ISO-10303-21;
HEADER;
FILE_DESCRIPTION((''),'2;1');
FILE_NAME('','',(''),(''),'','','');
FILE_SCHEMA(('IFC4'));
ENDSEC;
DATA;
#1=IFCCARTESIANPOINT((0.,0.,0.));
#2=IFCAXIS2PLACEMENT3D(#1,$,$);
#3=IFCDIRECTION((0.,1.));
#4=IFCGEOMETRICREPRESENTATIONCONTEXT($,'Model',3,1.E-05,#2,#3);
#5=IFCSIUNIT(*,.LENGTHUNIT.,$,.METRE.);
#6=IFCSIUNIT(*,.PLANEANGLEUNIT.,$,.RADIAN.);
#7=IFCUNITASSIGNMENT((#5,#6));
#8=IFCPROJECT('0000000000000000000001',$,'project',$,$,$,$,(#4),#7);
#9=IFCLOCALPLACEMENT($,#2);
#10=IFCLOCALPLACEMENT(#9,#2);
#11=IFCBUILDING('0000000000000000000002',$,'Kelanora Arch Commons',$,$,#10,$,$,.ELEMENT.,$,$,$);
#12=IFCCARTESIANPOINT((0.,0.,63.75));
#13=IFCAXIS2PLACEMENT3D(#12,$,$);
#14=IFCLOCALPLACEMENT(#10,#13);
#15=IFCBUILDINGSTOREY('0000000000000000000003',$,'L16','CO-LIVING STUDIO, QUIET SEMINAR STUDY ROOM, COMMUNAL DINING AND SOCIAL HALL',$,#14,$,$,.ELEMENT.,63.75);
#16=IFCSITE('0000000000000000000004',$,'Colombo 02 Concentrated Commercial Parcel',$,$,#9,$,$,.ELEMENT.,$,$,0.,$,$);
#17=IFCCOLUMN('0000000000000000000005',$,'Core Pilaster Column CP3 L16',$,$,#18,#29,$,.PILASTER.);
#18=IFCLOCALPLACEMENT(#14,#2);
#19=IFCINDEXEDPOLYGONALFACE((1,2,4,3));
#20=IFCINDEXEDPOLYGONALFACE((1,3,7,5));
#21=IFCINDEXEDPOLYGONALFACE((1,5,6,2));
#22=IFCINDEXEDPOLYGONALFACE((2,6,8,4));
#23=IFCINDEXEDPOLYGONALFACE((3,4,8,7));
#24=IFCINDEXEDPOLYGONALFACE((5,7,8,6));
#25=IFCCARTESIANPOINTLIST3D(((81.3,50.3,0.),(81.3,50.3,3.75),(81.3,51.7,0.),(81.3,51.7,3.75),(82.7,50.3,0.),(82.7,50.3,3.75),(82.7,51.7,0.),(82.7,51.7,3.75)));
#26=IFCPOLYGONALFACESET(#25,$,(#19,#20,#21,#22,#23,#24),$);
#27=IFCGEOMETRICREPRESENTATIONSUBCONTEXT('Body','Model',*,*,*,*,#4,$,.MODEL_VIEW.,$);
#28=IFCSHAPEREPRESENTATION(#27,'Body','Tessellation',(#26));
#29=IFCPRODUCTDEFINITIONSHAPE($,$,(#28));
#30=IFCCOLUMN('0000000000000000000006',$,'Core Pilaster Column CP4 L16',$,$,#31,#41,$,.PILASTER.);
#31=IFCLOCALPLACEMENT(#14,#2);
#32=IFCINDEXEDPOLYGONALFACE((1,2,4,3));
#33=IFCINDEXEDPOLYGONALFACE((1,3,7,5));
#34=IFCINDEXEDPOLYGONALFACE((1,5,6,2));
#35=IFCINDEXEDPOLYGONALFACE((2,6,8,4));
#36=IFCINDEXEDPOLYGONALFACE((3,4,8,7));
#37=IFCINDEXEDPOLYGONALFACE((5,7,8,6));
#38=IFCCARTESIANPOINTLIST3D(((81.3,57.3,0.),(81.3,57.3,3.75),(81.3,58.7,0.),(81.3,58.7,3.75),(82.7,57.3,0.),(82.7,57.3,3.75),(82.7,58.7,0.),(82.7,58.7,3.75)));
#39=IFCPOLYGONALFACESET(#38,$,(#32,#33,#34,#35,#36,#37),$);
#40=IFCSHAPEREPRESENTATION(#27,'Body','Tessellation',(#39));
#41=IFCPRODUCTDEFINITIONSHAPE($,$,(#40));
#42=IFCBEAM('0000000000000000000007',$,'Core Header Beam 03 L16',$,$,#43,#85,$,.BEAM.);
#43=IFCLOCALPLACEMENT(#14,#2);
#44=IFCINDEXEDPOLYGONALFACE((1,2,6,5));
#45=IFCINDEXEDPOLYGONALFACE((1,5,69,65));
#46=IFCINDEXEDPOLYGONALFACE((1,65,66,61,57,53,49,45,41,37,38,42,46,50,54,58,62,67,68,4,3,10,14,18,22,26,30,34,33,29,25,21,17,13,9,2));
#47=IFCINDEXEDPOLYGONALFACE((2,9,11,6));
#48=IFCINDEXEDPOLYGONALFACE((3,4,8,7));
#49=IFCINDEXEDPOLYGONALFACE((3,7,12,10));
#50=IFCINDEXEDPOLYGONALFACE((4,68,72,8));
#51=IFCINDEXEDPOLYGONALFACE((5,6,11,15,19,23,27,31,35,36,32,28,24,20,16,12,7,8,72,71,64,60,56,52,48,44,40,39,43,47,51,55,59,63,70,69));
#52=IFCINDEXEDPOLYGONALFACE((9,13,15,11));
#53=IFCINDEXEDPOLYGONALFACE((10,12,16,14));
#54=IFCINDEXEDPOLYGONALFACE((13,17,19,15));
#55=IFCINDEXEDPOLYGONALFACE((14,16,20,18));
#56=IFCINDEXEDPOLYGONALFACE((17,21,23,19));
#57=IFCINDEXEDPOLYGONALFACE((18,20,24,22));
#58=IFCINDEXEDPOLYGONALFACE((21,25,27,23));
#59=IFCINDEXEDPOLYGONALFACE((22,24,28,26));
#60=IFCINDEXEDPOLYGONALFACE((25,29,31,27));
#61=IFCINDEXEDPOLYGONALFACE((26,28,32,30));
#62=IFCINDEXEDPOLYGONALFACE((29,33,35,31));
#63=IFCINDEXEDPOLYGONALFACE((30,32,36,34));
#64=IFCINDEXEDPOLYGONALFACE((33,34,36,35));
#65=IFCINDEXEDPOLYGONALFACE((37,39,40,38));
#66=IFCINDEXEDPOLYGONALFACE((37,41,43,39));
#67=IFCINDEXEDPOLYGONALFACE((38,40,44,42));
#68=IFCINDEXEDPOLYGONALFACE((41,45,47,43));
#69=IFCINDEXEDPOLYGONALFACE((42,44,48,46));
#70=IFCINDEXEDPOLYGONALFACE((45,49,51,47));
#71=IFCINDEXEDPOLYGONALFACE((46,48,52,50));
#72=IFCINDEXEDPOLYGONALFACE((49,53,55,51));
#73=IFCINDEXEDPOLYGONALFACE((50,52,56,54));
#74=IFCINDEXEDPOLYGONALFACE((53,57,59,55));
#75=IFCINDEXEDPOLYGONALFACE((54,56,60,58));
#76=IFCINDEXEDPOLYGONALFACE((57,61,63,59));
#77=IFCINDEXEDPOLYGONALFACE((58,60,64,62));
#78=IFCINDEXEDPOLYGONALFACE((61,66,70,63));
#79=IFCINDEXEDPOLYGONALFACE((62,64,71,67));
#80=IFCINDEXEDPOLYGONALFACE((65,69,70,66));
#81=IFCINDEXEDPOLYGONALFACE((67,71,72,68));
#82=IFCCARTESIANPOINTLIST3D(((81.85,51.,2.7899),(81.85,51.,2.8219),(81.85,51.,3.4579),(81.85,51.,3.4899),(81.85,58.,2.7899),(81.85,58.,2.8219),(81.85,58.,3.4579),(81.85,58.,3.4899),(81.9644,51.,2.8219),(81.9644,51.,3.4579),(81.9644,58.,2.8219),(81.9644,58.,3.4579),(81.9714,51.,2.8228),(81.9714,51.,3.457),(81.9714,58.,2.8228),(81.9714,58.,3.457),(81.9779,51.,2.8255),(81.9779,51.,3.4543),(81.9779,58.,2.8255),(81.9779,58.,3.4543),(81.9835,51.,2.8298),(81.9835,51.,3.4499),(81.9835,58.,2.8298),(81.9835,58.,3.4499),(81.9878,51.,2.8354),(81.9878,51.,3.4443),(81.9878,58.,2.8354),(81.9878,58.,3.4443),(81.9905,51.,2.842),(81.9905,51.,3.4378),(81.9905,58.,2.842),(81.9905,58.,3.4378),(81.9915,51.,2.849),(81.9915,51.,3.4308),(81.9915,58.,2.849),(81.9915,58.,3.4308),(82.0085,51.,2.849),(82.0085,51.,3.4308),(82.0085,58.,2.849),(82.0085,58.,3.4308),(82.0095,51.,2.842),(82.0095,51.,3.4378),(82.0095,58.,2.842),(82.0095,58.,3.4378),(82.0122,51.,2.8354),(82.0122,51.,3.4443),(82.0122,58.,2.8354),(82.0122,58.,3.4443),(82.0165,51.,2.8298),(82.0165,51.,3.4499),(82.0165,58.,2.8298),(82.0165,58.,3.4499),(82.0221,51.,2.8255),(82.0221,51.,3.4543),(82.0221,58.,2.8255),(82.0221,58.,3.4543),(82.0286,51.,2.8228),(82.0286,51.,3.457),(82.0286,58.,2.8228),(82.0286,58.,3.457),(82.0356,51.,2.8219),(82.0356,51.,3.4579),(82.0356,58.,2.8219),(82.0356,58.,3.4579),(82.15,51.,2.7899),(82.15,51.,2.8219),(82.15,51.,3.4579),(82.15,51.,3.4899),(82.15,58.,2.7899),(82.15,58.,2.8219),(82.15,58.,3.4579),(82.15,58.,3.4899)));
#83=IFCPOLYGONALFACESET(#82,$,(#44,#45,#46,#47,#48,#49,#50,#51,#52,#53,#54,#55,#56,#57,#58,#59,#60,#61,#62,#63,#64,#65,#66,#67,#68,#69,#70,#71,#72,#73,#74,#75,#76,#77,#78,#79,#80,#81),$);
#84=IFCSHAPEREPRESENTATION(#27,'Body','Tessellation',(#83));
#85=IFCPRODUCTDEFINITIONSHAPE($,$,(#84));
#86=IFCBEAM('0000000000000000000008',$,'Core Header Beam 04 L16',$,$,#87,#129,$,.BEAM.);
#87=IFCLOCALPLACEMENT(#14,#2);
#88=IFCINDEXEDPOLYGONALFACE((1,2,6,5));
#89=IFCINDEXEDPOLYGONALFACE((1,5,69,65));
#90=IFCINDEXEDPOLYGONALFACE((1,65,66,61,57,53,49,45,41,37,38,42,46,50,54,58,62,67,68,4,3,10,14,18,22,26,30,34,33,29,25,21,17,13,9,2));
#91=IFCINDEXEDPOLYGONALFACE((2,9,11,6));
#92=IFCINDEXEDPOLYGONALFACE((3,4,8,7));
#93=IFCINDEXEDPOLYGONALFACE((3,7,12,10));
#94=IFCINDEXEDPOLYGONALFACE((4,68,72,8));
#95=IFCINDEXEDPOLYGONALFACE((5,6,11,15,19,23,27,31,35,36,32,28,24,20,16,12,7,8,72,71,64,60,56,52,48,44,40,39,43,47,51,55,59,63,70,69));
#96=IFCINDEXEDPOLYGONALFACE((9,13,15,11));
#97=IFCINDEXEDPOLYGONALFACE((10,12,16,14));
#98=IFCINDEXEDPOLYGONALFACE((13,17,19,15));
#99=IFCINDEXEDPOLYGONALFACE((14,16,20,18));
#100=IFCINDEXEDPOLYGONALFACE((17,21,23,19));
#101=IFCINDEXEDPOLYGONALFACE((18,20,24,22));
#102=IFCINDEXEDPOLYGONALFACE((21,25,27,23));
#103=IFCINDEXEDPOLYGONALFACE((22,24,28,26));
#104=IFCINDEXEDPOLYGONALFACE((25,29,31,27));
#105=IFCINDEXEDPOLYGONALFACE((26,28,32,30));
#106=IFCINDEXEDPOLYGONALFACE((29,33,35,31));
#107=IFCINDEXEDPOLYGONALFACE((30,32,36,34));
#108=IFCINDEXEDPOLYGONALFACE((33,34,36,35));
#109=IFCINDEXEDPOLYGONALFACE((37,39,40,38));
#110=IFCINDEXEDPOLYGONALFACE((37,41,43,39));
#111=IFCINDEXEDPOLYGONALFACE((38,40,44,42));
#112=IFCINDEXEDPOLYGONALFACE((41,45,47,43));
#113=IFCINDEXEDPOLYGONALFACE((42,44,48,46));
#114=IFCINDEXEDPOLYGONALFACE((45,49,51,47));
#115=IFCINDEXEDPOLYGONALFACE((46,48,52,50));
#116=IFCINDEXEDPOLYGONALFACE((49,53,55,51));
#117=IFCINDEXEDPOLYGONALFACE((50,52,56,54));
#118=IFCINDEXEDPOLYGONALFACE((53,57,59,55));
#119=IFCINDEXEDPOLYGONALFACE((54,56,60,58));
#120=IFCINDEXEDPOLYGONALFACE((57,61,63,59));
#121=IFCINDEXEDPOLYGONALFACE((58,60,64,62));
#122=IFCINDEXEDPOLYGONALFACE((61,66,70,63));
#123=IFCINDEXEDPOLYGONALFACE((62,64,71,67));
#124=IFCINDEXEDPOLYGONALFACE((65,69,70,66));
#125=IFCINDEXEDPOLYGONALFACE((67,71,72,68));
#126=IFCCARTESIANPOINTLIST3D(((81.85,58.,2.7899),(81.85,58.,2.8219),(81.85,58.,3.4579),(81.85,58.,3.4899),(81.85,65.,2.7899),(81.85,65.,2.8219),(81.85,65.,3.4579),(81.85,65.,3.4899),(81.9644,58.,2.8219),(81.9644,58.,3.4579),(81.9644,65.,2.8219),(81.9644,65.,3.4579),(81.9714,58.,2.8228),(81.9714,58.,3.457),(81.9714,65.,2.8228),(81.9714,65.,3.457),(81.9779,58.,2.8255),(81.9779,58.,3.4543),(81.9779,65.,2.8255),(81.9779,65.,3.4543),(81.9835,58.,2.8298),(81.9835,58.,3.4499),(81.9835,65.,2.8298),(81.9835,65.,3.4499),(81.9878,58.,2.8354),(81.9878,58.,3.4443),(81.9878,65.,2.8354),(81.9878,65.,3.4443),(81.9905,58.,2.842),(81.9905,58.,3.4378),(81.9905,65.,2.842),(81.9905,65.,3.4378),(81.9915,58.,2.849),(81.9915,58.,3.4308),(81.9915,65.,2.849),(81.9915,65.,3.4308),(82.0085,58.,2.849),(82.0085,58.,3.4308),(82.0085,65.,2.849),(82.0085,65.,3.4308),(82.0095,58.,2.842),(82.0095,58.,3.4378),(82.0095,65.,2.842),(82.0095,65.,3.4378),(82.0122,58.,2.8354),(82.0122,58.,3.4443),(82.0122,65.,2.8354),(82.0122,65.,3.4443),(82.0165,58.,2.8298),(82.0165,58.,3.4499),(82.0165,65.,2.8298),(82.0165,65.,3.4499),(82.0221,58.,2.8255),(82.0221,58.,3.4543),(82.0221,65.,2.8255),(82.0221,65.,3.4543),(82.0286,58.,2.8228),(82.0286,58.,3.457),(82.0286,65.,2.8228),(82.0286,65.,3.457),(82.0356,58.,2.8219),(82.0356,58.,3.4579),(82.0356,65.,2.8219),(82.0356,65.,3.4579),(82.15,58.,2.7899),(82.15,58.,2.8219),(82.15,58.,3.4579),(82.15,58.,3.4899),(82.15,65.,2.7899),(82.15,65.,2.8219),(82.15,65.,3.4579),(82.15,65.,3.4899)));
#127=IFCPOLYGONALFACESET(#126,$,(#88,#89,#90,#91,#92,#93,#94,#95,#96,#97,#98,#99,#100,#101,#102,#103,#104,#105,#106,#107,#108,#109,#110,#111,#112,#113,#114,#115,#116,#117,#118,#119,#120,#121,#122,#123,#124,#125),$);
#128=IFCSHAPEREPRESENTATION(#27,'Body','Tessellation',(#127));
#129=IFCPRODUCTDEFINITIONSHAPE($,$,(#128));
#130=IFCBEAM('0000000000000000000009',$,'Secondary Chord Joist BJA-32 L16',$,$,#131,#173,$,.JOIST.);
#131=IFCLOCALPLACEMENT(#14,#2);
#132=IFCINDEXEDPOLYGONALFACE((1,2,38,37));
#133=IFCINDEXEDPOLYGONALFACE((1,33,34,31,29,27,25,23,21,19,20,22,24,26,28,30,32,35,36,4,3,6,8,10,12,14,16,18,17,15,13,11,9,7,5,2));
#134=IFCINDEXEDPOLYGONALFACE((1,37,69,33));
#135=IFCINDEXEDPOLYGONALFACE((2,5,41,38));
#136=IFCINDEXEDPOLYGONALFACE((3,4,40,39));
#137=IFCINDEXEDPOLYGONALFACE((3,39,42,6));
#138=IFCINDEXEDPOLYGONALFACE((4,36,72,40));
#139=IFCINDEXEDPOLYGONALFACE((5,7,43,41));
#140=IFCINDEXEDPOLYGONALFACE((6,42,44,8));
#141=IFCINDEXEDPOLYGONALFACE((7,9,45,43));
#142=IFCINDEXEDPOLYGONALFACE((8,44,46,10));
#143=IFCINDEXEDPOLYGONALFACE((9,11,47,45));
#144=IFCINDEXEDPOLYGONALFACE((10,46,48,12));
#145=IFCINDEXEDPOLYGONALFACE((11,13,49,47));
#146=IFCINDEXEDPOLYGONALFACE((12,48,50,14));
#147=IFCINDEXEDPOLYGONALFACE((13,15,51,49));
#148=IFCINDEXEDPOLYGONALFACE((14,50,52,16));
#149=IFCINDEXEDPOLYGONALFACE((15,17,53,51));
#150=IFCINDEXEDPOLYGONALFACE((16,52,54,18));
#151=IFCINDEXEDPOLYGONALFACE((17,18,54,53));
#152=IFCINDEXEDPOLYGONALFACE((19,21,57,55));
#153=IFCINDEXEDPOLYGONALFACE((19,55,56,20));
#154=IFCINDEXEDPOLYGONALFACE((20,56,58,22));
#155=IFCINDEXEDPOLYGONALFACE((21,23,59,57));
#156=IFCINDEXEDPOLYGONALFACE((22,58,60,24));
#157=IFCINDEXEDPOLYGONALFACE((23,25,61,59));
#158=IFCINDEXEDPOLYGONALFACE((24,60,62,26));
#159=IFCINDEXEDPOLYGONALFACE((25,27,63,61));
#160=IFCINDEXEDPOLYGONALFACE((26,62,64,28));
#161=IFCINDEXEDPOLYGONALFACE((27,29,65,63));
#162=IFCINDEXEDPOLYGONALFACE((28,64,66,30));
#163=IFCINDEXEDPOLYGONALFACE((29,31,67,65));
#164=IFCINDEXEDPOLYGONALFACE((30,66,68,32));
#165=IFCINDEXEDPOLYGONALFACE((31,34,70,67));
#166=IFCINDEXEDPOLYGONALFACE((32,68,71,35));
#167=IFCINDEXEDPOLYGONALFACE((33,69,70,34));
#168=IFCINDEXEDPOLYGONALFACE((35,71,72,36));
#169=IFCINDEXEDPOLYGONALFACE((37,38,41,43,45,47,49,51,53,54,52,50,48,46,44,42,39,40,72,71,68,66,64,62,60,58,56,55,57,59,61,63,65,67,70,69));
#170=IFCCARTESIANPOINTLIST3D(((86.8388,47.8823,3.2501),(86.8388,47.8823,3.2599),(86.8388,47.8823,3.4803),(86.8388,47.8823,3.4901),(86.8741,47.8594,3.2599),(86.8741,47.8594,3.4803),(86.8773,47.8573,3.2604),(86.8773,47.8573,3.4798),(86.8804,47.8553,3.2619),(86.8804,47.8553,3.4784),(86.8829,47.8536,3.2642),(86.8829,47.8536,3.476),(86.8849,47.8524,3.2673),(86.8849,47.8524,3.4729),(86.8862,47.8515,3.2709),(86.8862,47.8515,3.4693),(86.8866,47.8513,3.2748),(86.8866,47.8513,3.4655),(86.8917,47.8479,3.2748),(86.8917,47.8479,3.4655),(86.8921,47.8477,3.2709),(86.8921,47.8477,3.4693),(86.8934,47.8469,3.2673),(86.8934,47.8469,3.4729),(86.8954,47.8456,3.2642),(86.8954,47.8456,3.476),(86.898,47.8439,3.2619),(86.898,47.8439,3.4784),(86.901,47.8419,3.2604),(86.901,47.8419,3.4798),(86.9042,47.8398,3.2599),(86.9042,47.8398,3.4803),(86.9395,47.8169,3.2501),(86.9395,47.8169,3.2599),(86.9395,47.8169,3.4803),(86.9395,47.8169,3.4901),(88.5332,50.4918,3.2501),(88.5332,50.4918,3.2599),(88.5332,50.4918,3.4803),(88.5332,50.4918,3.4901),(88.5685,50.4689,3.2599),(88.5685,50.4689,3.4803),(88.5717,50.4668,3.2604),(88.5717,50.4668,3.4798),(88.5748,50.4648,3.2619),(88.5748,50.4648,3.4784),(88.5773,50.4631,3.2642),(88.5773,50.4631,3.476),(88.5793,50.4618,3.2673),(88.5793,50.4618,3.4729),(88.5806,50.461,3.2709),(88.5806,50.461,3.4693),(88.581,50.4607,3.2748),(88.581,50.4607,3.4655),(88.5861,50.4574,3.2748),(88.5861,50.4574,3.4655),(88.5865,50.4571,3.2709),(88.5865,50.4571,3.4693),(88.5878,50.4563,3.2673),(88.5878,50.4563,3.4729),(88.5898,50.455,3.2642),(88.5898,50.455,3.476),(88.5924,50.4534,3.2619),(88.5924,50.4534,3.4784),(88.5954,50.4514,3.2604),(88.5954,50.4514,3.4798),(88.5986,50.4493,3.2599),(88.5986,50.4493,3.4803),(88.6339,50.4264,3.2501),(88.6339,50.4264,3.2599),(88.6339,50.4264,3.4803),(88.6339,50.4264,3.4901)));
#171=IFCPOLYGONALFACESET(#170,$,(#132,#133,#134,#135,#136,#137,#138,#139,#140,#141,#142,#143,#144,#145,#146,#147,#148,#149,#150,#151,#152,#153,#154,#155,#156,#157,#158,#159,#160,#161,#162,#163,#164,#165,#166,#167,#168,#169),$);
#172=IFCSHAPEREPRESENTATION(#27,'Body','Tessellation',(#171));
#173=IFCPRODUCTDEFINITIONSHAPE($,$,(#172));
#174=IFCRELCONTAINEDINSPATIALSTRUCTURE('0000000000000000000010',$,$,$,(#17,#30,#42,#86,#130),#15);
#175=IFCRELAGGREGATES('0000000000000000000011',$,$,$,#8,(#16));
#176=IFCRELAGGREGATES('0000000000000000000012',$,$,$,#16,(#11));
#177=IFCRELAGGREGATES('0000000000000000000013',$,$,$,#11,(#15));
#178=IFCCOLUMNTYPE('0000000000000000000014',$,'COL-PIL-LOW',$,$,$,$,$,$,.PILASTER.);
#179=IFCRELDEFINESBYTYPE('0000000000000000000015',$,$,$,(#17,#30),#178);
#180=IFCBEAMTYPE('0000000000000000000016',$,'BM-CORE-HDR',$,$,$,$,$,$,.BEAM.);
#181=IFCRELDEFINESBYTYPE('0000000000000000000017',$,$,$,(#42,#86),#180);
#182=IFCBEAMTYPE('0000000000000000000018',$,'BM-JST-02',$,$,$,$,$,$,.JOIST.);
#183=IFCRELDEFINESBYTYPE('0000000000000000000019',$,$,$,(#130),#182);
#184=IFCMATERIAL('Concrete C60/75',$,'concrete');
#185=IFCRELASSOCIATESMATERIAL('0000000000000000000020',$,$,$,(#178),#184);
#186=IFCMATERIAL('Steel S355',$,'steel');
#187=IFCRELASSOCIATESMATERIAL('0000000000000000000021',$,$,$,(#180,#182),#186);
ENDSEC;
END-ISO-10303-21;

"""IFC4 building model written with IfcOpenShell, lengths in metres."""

from ifc_helpers import new_model, si_unit, direction, frame, origin, origin_2d, place, context, subcontext, project, spatial, rectangle, i_section, extrude, material, material_profile, profile_set, type_object, element, save


model = new_model("IFC4")

# Units and contexts
model_context = context("Model", 3, precision=1e-05, world=origin(), true_north=direction((0.0, 1.0)))
body_context = subcontext(model_context, "Body", "Model", "MODEL_VIEW")
ifc_project = project(units=[si_unit("LENGTHUNIT", "METRE"), si_unit("PLANEANGLEUNIT", "RADIAN")], contexts=[model_context])

# Site, building, storey
site_placement = place(None, origin())
site = spatial("IfcSite", under=ifc_project, at=site_placement, Name="Colombo 02 Concentrated Commercial Parcel", CompositionType="ELEMENT", RefElevation=0.0)
building_placement = place(site_placement, origin())
building = spatial("IfcBuilding", under=site, at=building_placement, Name="Kelanora Arch Commons", CompositionType="ELEMENT")
storey_placement = place(building_placement, frame((0.0, 0.0, 63.75)))
storey = spatial("IfcBuildingStorey", under=building, at=storey_placement, Name="L16", Description="CO-LIVING STUDIO, QUIET SEMINAR STUDY ROOM, COMMUNAL DINING AND SOCIAL HALL", CompositionType="ELEMENT", Elevation=63.75)

# Columns
ifc_material_1 = material(Name="Concrete C60/75", Category="concrete")
ifc_material_profile_1 = material_profile(ifc_material_1, rectangle(XDim=1.3999, YDim=1.3999, at=origin_2d()), Name="RC1400x1400")
ifc_profile_set_1 = profile_set([ifc_material_profile_1], Name="Concrete C60/75")
column_type = type_object("IfcColumnType", Name="COL-PIL-LOW", PredefinedType="PILASTER", material=ifc_profile_set_1)
for number, where, z_axis, x_axis, name in (
    (1, (82.0, 51.0, 0.0), (0.0, 0.0, 1.0), (1.0, 0.0, 0.0), "Core Pilaster Column CP3 L16"),
    (2, (82.0, 58.0, 0.0), (0.0, 0.0, 1.0), (1.0, 0.0, 0.0), "Core Pilaster Column CP4 L16"),
):
    element("IfcColumn", number, at=place(storey_placement, frame(where, z_axis=z_axis, x_axis=x_axis)), inside=storey, type_object=column_type, Name=name, PredefinedType="PILASTER", context=body_context, shape_type="SweptSolid", body=[
        extrude(rectangle(XDim=1.3999, YDim=1.3999, at=origin_2d()), origin(), (0.0, 0.0, 1.0), 3.75),
    ])

# Beams
ifc_material_2 = material(Name="Steel S355", Category="steel")
ifc_material_profile_2 = material_profile(ifc_material_2, i_section(OverallWidth=0.3, OverallDepth=0.7, WebThickness=0.0171, FlangeThickness=0.032, FilletRadius=0.0271, at=origin_2d()), Name="HEB700")
ifc_profile_set_2 = profile_set([ifc_material_profile_2], Name="Steel S355")
beam_type_1 = type_object("IfcBeamType", Name="BM-CORE-HDR", PredefinedType="BEAM", material=ifc_profile_set_2)
for number, where, z_axis, x_axis, name in (
    (3, (82.0, 51.0, 3.1399), (0.0, 1.0, 0.0), (-1.0, 0.0, 0.0), "Core Header Beam 03 L16"),
    (4, (82.0, 58.0, 3.1399), (0.0, 1.0, 0.0), (-1.0, 0.0, 0.0), "Core Header Beam 04 L16"),
):
    element("IfcBeam", number, at=place(storey_placement, frame(where, z_axis=z_axis, x_axis=x_axis)), inside=storey, type_object=beam_type_1, Name=name, PredefinedType="BEAM", context=body_context, shape_type="SweptSolid", body=[
        extrude(i_section(OverallWidth=0.3, OverallDepth=0.7, WebThickness=0.0171, FlangeThickness=0.032, FilletRadius=0.0271, at=origin_2d()), origin(), (0.0, 0.0, 1.0), 7.0),
    ])
ifc_material_profile_3 = material_profile(ifc_material_2, i_section(OverallWidth=0.1201, OverallDepth=0.24, WebThickness=0.0061, FlangeThickness=0.0098, FilletRadius=0.0149, at=origin_2d()), Name="IPE240")
ifc_profile_set_3 = profile_set([ifc_material_profile_3], Name="Steel S355")
beam_type_2 = type_object("IfcBeamType", Name="BM-JST-02", PredefinedType="JOIST", material=ifc_profile_set_3)
beam_1_placement = place(storey_placement, frame((86.8892, 47.8496, 3.3701), z_axis=(0.544591, 0.838702, 0.0), x_axis=(-0.838702, 0.544591, 0.0)))
element("IfcBeam", 5, at=beam_1_placement, inside=storey, type_object=beam_type_2, Name="Secondary Chord Joist BJA-32 L16", PredefinedType="JOIST", context=body_context, shape_type="SweptSolid", body=[
    extrude(i_section(OverallWidth=0.1201, OverallDepth=0.24, WebThickness=0.0061, FlangeThickness=0.0098, FilletRadius=0.0149, at=origin_2d()), origin(), (0.0, 0.0, 1.0), 3.1113),
])

save(model, "model.ifc")
